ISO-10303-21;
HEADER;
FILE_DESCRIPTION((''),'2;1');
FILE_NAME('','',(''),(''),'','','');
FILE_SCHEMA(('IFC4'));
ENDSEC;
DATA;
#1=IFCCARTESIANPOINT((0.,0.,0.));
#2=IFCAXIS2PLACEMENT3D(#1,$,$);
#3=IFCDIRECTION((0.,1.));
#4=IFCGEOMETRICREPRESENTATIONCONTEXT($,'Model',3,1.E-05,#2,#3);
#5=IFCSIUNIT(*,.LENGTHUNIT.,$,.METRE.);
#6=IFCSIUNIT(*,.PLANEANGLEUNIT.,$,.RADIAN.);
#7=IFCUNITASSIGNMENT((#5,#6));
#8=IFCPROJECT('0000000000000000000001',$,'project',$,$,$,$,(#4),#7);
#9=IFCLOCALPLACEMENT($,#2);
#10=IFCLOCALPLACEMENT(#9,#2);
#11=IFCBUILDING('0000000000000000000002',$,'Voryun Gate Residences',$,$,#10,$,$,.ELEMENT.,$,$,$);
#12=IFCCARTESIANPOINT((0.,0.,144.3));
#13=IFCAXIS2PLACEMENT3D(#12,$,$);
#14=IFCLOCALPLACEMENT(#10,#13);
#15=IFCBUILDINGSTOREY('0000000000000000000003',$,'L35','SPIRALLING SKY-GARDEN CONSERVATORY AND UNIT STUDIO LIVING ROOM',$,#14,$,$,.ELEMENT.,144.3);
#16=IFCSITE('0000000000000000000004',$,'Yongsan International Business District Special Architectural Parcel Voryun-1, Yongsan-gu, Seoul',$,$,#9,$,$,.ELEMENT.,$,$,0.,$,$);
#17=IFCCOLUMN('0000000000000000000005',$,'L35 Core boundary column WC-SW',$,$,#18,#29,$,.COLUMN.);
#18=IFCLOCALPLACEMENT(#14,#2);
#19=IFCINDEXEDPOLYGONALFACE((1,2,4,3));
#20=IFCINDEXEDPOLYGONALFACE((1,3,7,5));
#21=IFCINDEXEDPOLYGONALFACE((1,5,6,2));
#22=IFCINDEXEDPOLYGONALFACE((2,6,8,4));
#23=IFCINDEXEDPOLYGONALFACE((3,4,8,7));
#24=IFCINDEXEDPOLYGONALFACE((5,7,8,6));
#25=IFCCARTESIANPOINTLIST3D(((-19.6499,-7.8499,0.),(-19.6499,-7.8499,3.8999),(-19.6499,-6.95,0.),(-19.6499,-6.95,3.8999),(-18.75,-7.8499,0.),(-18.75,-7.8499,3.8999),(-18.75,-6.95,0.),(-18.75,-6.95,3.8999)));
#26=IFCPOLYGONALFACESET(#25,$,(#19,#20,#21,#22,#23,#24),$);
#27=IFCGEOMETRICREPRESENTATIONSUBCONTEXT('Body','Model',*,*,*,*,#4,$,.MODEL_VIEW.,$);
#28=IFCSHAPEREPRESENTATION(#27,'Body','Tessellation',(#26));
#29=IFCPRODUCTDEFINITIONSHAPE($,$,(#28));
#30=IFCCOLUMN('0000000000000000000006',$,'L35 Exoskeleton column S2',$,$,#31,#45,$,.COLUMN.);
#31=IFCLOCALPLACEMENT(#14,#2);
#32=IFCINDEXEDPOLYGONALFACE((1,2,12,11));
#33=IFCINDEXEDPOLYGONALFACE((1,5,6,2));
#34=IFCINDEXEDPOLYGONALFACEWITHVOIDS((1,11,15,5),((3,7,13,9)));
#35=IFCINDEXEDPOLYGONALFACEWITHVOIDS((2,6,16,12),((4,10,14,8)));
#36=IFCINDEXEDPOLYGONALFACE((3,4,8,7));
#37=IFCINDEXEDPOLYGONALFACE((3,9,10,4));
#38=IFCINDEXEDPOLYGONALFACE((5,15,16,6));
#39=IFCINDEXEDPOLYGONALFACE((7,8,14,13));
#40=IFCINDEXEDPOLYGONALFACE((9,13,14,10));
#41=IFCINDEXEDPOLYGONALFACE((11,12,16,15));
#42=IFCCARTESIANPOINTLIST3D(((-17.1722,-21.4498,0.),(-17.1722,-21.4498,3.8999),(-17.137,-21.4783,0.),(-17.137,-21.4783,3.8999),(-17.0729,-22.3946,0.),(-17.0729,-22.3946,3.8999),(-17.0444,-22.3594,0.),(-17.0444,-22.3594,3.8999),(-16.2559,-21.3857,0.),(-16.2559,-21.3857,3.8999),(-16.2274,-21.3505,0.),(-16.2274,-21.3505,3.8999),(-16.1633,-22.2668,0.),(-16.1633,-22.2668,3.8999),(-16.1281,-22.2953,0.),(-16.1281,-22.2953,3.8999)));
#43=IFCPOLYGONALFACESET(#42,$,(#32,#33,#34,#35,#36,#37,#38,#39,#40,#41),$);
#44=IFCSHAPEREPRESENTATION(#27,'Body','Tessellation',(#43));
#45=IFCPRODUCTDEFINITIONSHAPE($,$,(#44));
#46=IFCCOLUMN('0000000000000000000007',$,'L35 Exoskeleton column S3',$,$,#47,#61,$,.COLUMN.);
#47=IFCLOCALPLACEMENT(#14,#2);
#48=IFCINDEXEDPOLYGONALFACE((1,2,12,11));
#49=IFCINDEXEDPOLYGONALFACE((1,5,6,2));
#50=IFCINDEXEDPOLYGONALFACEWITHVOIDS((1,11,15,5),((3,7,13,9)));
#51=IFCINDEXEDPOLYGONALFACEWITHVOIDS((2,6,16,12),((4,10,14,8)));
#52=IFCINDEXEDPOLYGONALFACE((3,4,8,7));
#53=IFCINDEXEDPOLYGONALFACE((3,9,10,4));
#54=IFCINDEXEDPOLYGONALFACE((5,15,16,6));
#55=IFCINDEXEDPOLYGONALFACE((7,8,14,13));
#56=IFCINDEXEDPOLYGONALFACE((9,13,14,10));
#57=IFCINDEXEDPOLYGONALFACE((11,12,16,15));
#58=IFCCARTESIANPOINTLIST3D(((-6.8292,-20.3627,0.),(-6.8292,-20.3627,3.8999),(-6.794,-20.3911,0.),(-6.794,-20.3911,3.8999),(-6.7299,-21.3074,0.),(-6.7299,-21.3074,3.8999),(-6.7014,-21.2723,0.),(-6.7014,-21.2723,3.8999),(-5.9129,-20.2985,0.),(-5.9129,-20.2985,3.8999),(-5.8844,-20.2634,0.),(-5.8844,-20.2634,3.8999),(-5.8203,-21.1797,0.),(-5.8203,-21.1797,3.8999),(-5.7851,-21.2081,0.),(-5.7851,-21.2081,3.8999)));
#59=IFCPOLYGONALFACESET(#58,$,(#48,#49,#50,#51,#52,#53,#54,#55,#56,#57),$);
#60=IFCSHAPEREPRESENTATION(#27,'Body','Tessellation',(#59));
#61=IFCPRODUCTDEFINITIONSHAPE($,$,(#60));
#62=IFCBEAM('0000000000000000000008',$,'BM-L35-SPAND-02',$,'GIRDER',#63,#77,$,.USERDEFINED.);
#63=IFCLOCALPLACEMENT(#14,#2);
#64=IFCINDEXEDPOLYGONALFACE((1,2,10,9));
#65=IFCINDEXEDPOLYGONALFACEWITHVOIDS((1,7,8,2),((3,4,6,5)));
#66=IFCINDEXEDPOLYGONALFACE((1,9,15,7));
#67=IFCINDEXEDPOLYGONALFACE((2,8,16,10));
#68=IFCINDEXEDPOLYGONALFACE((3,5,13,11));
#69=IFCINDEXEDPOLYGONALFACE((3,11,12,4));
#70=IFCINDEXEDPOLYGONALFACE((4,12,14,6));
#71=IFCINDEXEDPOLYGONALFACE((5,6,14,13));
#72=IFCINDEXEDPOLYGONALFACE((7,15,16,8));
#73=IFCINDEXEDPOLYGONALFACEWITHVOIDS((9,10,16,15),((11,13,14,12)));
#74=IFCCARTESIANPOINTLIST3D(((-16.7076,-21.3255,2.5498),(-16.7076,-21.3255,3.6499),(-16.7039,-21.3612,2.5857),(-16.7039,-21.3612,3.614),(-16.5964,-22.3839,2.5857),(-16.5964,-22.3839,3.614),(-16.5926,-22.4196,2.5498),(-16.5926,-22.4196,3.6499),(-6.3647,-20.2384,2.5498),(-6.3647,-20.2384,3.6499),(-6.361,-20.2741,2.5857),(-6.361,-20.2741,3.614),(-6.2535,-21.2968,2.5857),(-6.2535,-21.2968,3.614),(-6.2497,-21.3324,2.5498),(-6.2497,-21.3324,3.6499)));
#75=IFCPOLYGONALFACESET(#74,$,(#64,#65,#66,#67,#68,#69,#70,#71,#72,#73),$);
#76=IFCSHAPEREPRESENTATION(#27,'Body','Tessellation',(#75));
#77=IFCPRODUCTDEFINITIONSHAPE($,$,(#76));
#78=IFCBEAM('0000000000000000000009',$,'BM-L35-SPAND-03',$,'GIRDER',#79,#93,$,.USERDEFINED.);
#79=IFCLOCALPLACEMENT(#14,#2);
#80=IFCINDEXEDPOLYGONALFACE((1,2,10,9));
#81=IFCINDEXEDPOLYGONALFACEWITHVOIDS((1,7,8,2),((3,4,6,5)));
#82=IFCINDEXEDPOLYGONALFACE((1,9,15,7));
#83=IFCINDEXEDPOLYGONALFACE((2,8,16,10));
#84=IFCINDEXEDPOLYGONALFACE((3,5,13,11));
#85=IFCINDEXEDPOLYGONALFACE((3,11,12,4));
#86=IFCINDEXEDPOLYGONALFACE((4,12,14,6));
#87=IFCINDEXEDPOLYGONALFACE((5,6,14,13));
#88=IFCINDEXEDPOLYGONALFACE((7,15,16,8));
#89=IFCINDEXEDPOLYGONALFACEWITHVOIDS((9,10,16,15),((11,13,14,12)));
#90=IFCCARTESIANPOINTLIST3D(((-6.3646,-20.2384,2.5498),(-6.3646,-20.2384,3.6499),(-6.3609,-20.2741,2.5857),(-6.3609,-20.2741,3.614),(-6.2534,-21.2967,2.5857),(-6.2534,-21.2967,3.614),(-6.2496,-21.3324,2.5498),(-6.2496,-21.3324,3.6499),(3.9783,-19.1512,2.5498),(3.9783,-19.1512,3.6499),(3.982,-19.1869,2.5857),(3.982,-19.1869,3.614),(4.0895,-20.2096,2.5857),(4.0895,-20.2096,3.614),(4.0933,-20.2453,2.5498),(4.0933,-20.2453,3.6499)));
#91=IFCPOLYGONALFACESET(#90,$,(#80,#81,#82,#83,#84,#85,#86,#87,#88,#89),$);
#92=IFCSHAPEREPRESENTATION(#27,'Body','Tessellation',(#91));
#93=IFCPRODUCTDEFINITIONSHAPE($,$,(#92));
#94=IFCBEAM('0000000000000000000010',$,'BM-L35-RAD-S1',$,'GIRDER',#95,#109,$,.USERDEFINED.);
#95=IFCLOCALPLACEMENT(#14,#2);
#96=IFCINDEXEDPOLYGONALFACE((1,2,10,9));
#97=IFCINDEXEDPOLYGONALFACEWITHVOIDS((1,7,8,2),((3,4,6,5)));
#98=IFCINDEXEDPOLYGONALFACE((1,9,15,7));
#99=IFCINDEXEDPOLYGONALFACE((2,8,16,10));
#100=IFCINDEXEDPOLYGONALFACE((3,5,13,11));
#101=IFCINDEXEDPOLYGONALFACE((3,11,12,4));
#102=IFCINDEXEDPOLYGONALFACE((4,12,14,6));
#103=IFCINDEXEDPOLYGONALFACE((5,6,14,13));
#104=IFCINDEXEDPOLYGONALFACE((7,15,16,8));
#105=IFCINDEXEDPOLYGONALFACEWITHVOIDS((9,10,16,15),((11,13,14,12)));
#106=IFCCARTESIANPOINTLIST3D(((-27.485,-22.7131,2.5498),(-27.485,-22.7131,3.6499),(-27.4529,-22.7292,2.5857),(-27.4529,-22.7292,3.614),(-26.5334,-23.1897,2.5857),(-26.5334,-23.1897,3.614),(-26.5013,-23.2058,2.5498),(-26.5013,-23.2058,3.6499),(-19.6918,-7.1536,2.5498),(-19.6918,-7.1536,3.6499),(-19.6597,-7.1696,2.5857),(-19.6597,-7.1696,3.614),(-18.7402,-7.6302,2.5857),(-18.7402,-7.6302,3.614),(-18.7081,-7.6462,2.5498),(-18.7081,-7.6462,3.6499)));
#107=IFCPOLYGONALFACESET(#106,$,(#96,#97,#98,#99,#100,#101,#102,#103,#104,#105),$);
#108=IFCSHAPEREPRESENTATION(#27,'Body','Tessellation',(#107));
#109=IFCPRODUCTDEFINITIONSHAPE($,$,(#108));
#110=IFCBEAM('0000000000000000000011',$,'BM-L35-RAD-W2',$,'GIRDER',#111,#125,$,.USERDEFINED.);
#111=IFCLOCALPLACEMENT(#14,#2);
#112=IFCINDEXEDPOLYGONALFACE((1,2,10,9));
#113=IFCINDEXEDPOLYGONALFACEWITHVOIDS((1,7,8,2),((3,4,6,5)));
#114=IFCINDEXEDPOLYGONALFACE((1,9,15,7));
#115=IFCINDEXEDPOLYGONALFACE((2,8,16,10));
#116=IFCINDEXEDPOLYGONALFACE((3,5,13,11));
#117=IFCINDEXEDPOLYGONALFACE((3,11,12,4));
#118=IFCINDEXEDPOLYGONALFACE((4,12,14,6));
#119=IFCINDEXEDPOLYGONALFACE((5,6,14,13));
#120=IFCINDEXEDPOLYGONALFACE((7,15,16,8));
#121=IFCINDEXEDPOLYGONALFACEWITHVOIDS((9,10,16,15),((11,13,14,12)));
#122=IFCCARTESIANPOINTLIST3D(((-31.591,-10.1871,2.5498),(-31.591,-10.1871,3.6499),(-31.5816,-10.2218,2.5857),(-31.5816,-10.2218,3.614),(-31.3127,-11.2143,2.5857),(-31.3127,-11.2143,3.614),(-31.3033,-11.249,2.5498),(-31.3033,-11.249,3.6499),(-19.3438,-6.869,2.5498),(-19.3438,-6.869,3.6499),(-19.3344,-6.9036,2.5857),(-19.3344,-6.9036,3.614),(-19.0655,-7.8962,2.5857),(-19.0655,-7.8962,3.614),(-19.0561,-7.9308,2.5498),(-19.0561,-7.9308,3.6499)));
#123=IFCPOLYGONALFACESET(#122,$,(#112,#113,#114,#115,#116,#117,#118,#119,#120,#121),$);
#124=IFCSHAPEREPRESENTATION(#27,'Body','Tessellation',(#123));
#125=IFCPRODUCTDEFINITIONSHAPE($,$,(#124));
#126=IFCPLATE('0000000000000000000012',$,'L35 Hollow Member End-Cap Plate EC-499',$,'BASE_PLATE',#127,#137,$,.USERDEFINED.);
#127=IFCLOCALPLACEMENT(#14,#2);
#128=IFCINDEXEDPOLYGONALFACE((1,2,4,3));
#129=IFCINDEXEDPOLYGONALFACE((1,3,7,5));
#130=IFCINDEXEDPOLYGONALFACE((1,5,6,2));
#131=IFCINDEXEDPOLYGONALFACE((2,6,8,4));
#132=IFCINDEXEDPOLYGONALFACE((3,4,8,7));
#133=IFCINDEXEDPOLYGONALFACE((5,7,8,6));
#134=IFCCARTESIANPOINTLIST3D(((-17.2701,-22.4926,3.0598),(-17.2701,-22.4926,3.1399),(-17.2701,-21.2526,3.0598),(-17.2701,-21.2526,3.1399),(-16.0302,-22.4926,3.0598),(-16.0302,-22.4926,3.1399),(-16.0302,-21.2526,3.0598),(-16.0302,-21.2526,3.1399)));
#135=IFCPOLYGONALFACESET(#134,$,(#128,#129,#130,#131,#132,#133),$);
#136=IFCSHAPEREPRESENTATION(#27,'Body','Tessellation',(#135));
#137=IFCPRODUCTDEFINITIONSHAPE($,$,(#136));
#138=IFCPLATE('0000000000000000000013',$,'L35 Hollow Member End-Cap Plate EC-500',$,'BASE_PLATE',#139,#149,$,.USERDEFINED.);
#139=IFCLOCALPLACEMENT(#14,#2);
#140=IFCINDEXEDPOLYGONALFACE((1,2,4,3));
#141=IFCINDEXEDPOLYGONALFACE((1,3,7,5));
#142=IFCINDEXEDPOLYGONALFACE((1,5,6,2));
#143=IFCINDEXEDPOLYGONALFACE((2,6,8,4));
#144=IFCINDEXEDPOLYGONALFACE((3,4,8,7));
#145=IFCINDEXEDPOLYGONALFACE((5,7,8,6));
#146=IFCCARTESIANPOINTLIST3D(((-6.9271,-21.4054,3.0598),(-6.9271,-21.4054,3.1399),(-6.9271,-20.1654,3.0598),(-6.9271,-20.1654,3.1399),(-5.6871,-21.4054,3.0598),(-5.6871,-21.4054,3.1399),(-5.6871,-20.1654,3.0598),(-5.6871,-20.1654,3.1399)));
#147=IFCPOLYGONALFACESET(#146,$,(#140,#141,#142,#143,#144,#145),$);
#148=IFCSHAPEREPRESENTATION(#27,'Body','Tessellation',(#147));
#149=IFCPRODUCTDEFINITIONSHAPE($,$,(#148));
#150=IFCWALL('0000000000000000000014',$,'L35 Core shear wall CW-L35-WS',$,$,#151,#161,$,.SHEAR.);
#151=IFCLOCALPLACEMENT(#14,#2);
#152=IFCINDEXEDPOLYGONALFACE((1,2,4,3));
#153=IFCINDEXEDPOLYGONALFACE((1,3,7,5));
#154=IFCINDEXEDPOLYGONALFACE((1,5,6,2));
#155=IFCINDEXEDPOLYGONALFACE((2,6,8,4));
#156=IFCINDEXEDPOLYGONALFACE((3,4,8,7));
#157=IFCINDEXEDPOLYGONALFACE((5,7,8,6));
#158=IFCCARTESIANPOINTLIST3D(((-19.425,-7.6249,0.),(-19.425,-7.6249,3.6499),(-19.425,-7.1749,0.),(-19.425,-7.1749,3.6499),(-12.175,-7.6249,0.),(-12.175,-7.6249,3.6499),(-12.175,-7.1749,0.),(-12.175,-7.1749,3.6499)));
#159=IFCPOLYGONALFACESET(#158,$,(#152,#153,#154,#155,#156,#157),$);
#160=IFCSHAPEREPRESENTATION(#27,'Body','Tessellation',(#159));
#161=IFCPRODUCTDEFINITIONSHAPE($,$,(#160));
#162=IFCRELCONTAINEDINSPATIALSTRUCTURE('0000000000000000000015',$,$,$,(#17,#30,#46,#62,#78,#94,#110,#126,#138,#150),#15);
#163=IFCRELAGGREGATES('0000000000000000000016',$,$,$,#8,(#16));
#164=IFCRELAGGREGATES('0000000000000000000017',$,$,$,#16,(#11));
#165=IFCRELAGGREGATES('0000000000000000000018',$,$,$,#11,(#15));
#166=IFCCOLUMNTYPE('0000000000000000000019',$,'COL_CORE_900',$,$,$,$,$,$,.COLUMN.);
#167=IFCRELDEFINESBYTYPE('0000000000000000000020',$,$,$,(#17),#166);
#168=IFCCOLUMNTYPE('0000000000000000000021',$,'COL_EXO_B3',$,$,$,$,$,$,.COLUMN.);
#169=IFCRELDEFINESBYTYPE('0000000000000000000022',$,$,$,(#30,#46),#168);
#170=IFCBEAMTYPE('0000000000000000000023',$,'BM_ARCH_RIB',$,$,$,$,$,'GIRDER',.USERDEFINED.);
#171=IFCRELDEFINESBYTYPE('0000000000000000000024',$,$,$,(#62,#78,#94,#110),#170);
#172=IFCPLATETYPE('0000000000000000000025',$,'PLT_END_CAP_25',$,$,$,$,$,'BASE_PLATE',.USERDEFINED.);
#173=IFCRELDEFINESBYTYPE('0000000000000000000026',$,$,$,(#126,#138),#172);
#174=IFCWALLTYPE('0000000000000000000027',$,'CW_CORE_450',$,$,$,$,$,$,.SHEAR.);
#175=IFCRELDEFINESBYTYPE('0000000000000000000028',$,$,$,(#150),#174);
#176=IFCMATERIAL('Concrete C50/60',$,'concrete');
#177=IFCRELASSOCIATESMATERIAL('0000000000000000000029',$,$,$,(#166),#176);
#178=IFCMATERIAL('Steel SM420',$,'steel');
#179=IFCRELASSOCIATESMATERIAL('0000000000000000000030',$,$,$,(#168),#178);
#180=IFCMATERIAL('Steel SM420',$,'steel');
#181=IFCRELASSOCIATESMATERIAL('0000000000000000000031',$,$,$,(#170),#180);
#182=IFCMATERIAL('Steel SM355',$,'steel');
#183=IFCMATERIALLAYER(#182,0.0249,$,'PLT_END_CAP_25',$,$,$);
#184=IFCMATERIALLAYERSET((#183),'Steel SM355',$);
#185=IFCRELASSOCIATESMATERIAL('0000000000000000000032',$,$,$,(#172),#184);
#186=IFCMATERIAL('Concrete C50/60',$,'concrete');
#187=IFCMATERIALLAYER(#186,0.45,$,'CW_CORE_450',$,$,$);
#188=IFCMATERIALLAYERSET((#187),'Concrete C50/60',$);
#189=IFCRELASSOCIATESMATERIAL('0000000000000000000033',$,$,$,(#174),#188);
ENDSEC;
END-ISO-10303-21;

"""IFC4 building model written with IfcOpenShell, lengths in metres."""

from ifc_helpers import new_model, si_unit, direction, frame, frame_2d, origin, origin_2d, place, context, subcontext, project, spatial, rectangle, hollow_rectangle, extrude, material, layer, layer_set, material_profile, profile_set, type_object, element, save


model = new_model("IFC4")

# Units and contexts
model_context = context("Model", 3, precision=1e-05, world=origin(), true_north=direction((0.0, 1.0)))
body_context = subcontext(model_context, "Body", "Model", "MODEL_VIEW")
ifc_project = project(units=[si_unit("LENGTHUNIT", "METRE"), si_unit("PLANEANGLEUNIT", "RADIAN")], contexts=[model_context])

# Site, building, storey
site_placement = place(None, origin())
site = spatial("IfcSite", under=ifc_project, at=site_placement, Name="Yongsan International Business District Special Architectural Parcel Voryun-1, Yongsan-gu, Seoul", CompositionType="ELEMENT", RefElevation=0.0)
building_placement = place(site_placement, origin())
building = spatial("IfcBuilding", under=site, at=building_placement, Name="Voryun Gate Residences", CompositionType="ELEMENT")
storey_placement = place(building_placement, frame((0.0, 0.0, 144.3)))
storey = spatial("IfcBuildingStorey", under=building, at=storey_placement, Name="L35", Description="SPIRALLING SKY-GARDEN CONSERVATORY AND UNIT STUDIO LIVING ROOM", CompositionType="ELEMENT", Elevation=144.3)

# Columns
ifc_material_1 = material(Name="Concrete C50/60", Category="concrete")
ifc_material_profile_1 = material_profile(ifc_material_1, rectangle(XDim=0.8999, YDim=0.8999, at=origin_2d()), Name="RC-900x900")
ifc_profile_set_1 = profile_set([ifc_material_profile_1], Name="Concrete C50/60")
column_type_1 = type_object("IfcColumnType", Name="COL_CORE_900", PredefinedType="COLUMN", material=ifc_profile_set_1)
column_placement = place(storey_placement, frame((-19.2, -7.3999, 0.0), z_axis=(0.0, 0.0, 1.0), x_axis=(1.0, 0.0, 0.0)))
element("IfcColumn", 1, at=column_placement, inside=storey, type_object=column_type_1, Name="L35 Core boundary column WC-SW", PredefinedType="COLUMN", context=body_context, shape_type="SweptSolid", body=[
    extrude(rectangle(XDim=0.8999, YDim=0.8999, at=origin_2d()), origin(), (0.0, 0.0, 1.0), 3.8999),
])
ifc_material_2 = material(Name="Steel SM420", Category="steel")
ifc_material_profile_2 = material_profile(ifc_material_2, hollow_rectangle(XDim=0.95, YDim=0.95, WallThickness=0.032, at=origin_2d()), Name="BOX-950x950x32")
ifc_profile_set_2 = profile_set([ifc_material_profile_2], Name="Steel SM420")
column_type_2 = type_object("IfcColumnType", Name="COL_EXO_B3", PredefinedType="COLUMN", material=ifc_profile_set_2)
for number, where, z_axis, x_axis, name in (
    (2, (-16.6501, -21.8726, 0.0), (0.0, 0.0, 1.0), (0.994522, 0.104528, 0.0), "L35 Exoskeleton column S2"),
    (3, (-6.3071, -20.7854, 0.0), (0.0, 0.0, 1.0), (0.994522, 0.104528, 0.0), "L35 Exoskeleton column S3"),
):
    element("IfcColumn", number, at=place(storey_placement, frame(where, z_axis=z_axis, x_axis=x_axis)), inside=storey, type_object=column_type_2, Name=name, PredefinedType="COLUMN", context=body_context, shape_type="SweptSolid", body=[
        extrude(hollow_rectangle(XDim=0.95, YDim=0.95, WallThickness=0.032, at=origin_2d()), origin(), (0.0, 0.0, 1.0), 3.8999),
    ])

# Beams
ifc_material_3 = material(Name="Steel SM420", Category="steel")
ifc_material_profile_3 = material_profile(ifc_material_3, hollow_rectangle(XDim=1.1001, YDim=1.1001, WallThickness=0.0359, at=origin_2d()), Name="BOX-1100x1100x36")
ifc_profile_set_3 = profile_set([ifc_material_profile_3], Name="Steel SM420")
beam_type = type_object("IfcBeamType", Name="BM_ARCH_RIB", ElementType="GIRDER", PredefinedType="USERDEFINED", material=ifc_profile_set_3)
for number, where, z_axis, x_axis, name in (
    (4, (-16.6501, -21.8726, 3.0999), (0.994521, 0.104534, 0.0), (-0.104534, 0.994521, 0.0), "BM-L35-SPAND-02"),
    (5, (-6.3071, -20.7854, 3.0999), (0.994521, 0.104534, 0.0), (-0.104534, 0.994521, 0.0), "BM-L35-SPAND-03"),
):
    element("IfcBeam", number, at=place(storey_placement, frame(where, z_axis=z_axis, x_axis=x_axis)), inside=storey, type_object=beam_type, Name=name, ObjectType="GIRDER", PredefinedType="USERDEFINED", context=body_context, shape_type="SweptSolid", body=[
        extrude(hollow_rectangle(XDim=1.1001, YDim=1.1001, WallThickness=0.0359, at=origin_2d()), origin(), (0.0, 0.0, 1.0), 10.3999),
    ])
beam_1_placement = place(storey_placement, frame((-19.2, -7.3999, 3.0999), z_axis=(-0.447831, -0.894118, 0.0), x_axis=(0.894118, -0.447831, 0.0)))
element("IfcBeam", 6, at=beam_1_placement, inside=storey, type_object=beam_type, Name="BM-L35-RAD-S1", ObjectType="GIRDER", PredefinedType="USERDEFINED", context=body_context, shape_type="SweptSolid", body=[
    extrude(hollow_rectangle(XDim=1.1001, YDim=1.1001, WallThickness=0.0359, at=origin_2d()), origin(), (0.0, 0.0, 1.0), 17.4021),
])
beam_2_placement = place(storey_placement, frame((-19.2, -7.3999, 3.0999), z_axis=(-0.965202, -0.261504, 0.0), x_axis=(0.261504, -0.965202, 0.0)))
element("IfcBeam", 7, at=beam_2_placement, inside=storey, type_object=beam_type, Name="BM-L35-RAD-W2", ObjectType="GIRDER", PredefinedType="USERDEFINED", context=body_context, shape_type="SweptSolid", body=[
    extrude(hollow_rectangle(XDim=1.1001, YDim=1.1001, WallThickness=0.0359, at=origin_2d()), origin(), (0.0, 0.0, 1.0), 12.6887),
])

# Plates
ifc_material_4 = material(Name="Steel SM355", Category="steel")
ifc_layer_1 = layer(ifc_material_4, 0.0249, Name="PLT_END_CAP_25")
ifc_layer_set_1 = layer_set([ifc_layer_1], Name="Steel SM355")
plate_type = type_object("IfcPlateType", Name="PLT_END_CAP_25", ElementType="BASE_PLATE", PredefinedType="USERDEFINED", material=ifc_layer_set_1)
for number, where, z_axis, x_axis, name in (
    (8, (-16.6501, -21.8726, 3.0598), (0.0, 0.0, 1.0), (1.0, 0.0, 0.0), "L35 Hollow Member End-Cap Plate EC-499"),
    (9, (-6.3071, -20.7854, 3.0598), (0.0, 0.0, 1.0), (1.0, 0.0, 0.0), "L35 Hollow Member End-Cap Plate EC-500"),
):
    element("IfcPlate", number, at=place(storey_placement, frame(where, z_axis=z_axis, x_axis=x_axis)), inside=storey, type_object=plate_type, Name=name, ObjectType="BASE_PLATE", PredefinedType="USERDEFINED", context=body_context, shape_type="SweptSolid", body=[
        extrude(rectangle(XDim=1.24, YDim=1.24, at=origin_2d()), origin(), (0.0, 0.0, 1.0), 0.0801),
    ])

# Wall
ifc_material_5 = material(Name="Concrete C50/60", Category="concrete")
ifc_layer_2 = layer(ifc_material_5, 0.45, Name="CW_CORE_450")
ifc_layer_set_2 = layer_set([ifc_layer_2], Name="Concrete C50/60")
wall_type_1 = type_object("IfcWallType", Name="CW_CORE_450", PredefinedType="SHEAR", material=ifc_layer_set_2)
wall_1_placement = place(storey_placement, frame((-19.425, -7.3999, 0.0), z_axis=(0.0, 0.0, 1.0), x_axis=(1.0, 0.0, 0.0)))
element("IfcWall", 10, at=wall_1_placement, inside=storey, type_object=wall_type_1, Name="L35 Core shear wall CW-L35-WS", PredefinedType="SHEAR", context=body_context, shape_type="SweptSolid", body=[
    extrude(rectangle(XDim=7.25, YDim=0.45, at=frame_2d((3.625, 0.0))), origin(), (0.0, 0.0, 1.0), 3.6499),
])

save(model, "model.ifc")
